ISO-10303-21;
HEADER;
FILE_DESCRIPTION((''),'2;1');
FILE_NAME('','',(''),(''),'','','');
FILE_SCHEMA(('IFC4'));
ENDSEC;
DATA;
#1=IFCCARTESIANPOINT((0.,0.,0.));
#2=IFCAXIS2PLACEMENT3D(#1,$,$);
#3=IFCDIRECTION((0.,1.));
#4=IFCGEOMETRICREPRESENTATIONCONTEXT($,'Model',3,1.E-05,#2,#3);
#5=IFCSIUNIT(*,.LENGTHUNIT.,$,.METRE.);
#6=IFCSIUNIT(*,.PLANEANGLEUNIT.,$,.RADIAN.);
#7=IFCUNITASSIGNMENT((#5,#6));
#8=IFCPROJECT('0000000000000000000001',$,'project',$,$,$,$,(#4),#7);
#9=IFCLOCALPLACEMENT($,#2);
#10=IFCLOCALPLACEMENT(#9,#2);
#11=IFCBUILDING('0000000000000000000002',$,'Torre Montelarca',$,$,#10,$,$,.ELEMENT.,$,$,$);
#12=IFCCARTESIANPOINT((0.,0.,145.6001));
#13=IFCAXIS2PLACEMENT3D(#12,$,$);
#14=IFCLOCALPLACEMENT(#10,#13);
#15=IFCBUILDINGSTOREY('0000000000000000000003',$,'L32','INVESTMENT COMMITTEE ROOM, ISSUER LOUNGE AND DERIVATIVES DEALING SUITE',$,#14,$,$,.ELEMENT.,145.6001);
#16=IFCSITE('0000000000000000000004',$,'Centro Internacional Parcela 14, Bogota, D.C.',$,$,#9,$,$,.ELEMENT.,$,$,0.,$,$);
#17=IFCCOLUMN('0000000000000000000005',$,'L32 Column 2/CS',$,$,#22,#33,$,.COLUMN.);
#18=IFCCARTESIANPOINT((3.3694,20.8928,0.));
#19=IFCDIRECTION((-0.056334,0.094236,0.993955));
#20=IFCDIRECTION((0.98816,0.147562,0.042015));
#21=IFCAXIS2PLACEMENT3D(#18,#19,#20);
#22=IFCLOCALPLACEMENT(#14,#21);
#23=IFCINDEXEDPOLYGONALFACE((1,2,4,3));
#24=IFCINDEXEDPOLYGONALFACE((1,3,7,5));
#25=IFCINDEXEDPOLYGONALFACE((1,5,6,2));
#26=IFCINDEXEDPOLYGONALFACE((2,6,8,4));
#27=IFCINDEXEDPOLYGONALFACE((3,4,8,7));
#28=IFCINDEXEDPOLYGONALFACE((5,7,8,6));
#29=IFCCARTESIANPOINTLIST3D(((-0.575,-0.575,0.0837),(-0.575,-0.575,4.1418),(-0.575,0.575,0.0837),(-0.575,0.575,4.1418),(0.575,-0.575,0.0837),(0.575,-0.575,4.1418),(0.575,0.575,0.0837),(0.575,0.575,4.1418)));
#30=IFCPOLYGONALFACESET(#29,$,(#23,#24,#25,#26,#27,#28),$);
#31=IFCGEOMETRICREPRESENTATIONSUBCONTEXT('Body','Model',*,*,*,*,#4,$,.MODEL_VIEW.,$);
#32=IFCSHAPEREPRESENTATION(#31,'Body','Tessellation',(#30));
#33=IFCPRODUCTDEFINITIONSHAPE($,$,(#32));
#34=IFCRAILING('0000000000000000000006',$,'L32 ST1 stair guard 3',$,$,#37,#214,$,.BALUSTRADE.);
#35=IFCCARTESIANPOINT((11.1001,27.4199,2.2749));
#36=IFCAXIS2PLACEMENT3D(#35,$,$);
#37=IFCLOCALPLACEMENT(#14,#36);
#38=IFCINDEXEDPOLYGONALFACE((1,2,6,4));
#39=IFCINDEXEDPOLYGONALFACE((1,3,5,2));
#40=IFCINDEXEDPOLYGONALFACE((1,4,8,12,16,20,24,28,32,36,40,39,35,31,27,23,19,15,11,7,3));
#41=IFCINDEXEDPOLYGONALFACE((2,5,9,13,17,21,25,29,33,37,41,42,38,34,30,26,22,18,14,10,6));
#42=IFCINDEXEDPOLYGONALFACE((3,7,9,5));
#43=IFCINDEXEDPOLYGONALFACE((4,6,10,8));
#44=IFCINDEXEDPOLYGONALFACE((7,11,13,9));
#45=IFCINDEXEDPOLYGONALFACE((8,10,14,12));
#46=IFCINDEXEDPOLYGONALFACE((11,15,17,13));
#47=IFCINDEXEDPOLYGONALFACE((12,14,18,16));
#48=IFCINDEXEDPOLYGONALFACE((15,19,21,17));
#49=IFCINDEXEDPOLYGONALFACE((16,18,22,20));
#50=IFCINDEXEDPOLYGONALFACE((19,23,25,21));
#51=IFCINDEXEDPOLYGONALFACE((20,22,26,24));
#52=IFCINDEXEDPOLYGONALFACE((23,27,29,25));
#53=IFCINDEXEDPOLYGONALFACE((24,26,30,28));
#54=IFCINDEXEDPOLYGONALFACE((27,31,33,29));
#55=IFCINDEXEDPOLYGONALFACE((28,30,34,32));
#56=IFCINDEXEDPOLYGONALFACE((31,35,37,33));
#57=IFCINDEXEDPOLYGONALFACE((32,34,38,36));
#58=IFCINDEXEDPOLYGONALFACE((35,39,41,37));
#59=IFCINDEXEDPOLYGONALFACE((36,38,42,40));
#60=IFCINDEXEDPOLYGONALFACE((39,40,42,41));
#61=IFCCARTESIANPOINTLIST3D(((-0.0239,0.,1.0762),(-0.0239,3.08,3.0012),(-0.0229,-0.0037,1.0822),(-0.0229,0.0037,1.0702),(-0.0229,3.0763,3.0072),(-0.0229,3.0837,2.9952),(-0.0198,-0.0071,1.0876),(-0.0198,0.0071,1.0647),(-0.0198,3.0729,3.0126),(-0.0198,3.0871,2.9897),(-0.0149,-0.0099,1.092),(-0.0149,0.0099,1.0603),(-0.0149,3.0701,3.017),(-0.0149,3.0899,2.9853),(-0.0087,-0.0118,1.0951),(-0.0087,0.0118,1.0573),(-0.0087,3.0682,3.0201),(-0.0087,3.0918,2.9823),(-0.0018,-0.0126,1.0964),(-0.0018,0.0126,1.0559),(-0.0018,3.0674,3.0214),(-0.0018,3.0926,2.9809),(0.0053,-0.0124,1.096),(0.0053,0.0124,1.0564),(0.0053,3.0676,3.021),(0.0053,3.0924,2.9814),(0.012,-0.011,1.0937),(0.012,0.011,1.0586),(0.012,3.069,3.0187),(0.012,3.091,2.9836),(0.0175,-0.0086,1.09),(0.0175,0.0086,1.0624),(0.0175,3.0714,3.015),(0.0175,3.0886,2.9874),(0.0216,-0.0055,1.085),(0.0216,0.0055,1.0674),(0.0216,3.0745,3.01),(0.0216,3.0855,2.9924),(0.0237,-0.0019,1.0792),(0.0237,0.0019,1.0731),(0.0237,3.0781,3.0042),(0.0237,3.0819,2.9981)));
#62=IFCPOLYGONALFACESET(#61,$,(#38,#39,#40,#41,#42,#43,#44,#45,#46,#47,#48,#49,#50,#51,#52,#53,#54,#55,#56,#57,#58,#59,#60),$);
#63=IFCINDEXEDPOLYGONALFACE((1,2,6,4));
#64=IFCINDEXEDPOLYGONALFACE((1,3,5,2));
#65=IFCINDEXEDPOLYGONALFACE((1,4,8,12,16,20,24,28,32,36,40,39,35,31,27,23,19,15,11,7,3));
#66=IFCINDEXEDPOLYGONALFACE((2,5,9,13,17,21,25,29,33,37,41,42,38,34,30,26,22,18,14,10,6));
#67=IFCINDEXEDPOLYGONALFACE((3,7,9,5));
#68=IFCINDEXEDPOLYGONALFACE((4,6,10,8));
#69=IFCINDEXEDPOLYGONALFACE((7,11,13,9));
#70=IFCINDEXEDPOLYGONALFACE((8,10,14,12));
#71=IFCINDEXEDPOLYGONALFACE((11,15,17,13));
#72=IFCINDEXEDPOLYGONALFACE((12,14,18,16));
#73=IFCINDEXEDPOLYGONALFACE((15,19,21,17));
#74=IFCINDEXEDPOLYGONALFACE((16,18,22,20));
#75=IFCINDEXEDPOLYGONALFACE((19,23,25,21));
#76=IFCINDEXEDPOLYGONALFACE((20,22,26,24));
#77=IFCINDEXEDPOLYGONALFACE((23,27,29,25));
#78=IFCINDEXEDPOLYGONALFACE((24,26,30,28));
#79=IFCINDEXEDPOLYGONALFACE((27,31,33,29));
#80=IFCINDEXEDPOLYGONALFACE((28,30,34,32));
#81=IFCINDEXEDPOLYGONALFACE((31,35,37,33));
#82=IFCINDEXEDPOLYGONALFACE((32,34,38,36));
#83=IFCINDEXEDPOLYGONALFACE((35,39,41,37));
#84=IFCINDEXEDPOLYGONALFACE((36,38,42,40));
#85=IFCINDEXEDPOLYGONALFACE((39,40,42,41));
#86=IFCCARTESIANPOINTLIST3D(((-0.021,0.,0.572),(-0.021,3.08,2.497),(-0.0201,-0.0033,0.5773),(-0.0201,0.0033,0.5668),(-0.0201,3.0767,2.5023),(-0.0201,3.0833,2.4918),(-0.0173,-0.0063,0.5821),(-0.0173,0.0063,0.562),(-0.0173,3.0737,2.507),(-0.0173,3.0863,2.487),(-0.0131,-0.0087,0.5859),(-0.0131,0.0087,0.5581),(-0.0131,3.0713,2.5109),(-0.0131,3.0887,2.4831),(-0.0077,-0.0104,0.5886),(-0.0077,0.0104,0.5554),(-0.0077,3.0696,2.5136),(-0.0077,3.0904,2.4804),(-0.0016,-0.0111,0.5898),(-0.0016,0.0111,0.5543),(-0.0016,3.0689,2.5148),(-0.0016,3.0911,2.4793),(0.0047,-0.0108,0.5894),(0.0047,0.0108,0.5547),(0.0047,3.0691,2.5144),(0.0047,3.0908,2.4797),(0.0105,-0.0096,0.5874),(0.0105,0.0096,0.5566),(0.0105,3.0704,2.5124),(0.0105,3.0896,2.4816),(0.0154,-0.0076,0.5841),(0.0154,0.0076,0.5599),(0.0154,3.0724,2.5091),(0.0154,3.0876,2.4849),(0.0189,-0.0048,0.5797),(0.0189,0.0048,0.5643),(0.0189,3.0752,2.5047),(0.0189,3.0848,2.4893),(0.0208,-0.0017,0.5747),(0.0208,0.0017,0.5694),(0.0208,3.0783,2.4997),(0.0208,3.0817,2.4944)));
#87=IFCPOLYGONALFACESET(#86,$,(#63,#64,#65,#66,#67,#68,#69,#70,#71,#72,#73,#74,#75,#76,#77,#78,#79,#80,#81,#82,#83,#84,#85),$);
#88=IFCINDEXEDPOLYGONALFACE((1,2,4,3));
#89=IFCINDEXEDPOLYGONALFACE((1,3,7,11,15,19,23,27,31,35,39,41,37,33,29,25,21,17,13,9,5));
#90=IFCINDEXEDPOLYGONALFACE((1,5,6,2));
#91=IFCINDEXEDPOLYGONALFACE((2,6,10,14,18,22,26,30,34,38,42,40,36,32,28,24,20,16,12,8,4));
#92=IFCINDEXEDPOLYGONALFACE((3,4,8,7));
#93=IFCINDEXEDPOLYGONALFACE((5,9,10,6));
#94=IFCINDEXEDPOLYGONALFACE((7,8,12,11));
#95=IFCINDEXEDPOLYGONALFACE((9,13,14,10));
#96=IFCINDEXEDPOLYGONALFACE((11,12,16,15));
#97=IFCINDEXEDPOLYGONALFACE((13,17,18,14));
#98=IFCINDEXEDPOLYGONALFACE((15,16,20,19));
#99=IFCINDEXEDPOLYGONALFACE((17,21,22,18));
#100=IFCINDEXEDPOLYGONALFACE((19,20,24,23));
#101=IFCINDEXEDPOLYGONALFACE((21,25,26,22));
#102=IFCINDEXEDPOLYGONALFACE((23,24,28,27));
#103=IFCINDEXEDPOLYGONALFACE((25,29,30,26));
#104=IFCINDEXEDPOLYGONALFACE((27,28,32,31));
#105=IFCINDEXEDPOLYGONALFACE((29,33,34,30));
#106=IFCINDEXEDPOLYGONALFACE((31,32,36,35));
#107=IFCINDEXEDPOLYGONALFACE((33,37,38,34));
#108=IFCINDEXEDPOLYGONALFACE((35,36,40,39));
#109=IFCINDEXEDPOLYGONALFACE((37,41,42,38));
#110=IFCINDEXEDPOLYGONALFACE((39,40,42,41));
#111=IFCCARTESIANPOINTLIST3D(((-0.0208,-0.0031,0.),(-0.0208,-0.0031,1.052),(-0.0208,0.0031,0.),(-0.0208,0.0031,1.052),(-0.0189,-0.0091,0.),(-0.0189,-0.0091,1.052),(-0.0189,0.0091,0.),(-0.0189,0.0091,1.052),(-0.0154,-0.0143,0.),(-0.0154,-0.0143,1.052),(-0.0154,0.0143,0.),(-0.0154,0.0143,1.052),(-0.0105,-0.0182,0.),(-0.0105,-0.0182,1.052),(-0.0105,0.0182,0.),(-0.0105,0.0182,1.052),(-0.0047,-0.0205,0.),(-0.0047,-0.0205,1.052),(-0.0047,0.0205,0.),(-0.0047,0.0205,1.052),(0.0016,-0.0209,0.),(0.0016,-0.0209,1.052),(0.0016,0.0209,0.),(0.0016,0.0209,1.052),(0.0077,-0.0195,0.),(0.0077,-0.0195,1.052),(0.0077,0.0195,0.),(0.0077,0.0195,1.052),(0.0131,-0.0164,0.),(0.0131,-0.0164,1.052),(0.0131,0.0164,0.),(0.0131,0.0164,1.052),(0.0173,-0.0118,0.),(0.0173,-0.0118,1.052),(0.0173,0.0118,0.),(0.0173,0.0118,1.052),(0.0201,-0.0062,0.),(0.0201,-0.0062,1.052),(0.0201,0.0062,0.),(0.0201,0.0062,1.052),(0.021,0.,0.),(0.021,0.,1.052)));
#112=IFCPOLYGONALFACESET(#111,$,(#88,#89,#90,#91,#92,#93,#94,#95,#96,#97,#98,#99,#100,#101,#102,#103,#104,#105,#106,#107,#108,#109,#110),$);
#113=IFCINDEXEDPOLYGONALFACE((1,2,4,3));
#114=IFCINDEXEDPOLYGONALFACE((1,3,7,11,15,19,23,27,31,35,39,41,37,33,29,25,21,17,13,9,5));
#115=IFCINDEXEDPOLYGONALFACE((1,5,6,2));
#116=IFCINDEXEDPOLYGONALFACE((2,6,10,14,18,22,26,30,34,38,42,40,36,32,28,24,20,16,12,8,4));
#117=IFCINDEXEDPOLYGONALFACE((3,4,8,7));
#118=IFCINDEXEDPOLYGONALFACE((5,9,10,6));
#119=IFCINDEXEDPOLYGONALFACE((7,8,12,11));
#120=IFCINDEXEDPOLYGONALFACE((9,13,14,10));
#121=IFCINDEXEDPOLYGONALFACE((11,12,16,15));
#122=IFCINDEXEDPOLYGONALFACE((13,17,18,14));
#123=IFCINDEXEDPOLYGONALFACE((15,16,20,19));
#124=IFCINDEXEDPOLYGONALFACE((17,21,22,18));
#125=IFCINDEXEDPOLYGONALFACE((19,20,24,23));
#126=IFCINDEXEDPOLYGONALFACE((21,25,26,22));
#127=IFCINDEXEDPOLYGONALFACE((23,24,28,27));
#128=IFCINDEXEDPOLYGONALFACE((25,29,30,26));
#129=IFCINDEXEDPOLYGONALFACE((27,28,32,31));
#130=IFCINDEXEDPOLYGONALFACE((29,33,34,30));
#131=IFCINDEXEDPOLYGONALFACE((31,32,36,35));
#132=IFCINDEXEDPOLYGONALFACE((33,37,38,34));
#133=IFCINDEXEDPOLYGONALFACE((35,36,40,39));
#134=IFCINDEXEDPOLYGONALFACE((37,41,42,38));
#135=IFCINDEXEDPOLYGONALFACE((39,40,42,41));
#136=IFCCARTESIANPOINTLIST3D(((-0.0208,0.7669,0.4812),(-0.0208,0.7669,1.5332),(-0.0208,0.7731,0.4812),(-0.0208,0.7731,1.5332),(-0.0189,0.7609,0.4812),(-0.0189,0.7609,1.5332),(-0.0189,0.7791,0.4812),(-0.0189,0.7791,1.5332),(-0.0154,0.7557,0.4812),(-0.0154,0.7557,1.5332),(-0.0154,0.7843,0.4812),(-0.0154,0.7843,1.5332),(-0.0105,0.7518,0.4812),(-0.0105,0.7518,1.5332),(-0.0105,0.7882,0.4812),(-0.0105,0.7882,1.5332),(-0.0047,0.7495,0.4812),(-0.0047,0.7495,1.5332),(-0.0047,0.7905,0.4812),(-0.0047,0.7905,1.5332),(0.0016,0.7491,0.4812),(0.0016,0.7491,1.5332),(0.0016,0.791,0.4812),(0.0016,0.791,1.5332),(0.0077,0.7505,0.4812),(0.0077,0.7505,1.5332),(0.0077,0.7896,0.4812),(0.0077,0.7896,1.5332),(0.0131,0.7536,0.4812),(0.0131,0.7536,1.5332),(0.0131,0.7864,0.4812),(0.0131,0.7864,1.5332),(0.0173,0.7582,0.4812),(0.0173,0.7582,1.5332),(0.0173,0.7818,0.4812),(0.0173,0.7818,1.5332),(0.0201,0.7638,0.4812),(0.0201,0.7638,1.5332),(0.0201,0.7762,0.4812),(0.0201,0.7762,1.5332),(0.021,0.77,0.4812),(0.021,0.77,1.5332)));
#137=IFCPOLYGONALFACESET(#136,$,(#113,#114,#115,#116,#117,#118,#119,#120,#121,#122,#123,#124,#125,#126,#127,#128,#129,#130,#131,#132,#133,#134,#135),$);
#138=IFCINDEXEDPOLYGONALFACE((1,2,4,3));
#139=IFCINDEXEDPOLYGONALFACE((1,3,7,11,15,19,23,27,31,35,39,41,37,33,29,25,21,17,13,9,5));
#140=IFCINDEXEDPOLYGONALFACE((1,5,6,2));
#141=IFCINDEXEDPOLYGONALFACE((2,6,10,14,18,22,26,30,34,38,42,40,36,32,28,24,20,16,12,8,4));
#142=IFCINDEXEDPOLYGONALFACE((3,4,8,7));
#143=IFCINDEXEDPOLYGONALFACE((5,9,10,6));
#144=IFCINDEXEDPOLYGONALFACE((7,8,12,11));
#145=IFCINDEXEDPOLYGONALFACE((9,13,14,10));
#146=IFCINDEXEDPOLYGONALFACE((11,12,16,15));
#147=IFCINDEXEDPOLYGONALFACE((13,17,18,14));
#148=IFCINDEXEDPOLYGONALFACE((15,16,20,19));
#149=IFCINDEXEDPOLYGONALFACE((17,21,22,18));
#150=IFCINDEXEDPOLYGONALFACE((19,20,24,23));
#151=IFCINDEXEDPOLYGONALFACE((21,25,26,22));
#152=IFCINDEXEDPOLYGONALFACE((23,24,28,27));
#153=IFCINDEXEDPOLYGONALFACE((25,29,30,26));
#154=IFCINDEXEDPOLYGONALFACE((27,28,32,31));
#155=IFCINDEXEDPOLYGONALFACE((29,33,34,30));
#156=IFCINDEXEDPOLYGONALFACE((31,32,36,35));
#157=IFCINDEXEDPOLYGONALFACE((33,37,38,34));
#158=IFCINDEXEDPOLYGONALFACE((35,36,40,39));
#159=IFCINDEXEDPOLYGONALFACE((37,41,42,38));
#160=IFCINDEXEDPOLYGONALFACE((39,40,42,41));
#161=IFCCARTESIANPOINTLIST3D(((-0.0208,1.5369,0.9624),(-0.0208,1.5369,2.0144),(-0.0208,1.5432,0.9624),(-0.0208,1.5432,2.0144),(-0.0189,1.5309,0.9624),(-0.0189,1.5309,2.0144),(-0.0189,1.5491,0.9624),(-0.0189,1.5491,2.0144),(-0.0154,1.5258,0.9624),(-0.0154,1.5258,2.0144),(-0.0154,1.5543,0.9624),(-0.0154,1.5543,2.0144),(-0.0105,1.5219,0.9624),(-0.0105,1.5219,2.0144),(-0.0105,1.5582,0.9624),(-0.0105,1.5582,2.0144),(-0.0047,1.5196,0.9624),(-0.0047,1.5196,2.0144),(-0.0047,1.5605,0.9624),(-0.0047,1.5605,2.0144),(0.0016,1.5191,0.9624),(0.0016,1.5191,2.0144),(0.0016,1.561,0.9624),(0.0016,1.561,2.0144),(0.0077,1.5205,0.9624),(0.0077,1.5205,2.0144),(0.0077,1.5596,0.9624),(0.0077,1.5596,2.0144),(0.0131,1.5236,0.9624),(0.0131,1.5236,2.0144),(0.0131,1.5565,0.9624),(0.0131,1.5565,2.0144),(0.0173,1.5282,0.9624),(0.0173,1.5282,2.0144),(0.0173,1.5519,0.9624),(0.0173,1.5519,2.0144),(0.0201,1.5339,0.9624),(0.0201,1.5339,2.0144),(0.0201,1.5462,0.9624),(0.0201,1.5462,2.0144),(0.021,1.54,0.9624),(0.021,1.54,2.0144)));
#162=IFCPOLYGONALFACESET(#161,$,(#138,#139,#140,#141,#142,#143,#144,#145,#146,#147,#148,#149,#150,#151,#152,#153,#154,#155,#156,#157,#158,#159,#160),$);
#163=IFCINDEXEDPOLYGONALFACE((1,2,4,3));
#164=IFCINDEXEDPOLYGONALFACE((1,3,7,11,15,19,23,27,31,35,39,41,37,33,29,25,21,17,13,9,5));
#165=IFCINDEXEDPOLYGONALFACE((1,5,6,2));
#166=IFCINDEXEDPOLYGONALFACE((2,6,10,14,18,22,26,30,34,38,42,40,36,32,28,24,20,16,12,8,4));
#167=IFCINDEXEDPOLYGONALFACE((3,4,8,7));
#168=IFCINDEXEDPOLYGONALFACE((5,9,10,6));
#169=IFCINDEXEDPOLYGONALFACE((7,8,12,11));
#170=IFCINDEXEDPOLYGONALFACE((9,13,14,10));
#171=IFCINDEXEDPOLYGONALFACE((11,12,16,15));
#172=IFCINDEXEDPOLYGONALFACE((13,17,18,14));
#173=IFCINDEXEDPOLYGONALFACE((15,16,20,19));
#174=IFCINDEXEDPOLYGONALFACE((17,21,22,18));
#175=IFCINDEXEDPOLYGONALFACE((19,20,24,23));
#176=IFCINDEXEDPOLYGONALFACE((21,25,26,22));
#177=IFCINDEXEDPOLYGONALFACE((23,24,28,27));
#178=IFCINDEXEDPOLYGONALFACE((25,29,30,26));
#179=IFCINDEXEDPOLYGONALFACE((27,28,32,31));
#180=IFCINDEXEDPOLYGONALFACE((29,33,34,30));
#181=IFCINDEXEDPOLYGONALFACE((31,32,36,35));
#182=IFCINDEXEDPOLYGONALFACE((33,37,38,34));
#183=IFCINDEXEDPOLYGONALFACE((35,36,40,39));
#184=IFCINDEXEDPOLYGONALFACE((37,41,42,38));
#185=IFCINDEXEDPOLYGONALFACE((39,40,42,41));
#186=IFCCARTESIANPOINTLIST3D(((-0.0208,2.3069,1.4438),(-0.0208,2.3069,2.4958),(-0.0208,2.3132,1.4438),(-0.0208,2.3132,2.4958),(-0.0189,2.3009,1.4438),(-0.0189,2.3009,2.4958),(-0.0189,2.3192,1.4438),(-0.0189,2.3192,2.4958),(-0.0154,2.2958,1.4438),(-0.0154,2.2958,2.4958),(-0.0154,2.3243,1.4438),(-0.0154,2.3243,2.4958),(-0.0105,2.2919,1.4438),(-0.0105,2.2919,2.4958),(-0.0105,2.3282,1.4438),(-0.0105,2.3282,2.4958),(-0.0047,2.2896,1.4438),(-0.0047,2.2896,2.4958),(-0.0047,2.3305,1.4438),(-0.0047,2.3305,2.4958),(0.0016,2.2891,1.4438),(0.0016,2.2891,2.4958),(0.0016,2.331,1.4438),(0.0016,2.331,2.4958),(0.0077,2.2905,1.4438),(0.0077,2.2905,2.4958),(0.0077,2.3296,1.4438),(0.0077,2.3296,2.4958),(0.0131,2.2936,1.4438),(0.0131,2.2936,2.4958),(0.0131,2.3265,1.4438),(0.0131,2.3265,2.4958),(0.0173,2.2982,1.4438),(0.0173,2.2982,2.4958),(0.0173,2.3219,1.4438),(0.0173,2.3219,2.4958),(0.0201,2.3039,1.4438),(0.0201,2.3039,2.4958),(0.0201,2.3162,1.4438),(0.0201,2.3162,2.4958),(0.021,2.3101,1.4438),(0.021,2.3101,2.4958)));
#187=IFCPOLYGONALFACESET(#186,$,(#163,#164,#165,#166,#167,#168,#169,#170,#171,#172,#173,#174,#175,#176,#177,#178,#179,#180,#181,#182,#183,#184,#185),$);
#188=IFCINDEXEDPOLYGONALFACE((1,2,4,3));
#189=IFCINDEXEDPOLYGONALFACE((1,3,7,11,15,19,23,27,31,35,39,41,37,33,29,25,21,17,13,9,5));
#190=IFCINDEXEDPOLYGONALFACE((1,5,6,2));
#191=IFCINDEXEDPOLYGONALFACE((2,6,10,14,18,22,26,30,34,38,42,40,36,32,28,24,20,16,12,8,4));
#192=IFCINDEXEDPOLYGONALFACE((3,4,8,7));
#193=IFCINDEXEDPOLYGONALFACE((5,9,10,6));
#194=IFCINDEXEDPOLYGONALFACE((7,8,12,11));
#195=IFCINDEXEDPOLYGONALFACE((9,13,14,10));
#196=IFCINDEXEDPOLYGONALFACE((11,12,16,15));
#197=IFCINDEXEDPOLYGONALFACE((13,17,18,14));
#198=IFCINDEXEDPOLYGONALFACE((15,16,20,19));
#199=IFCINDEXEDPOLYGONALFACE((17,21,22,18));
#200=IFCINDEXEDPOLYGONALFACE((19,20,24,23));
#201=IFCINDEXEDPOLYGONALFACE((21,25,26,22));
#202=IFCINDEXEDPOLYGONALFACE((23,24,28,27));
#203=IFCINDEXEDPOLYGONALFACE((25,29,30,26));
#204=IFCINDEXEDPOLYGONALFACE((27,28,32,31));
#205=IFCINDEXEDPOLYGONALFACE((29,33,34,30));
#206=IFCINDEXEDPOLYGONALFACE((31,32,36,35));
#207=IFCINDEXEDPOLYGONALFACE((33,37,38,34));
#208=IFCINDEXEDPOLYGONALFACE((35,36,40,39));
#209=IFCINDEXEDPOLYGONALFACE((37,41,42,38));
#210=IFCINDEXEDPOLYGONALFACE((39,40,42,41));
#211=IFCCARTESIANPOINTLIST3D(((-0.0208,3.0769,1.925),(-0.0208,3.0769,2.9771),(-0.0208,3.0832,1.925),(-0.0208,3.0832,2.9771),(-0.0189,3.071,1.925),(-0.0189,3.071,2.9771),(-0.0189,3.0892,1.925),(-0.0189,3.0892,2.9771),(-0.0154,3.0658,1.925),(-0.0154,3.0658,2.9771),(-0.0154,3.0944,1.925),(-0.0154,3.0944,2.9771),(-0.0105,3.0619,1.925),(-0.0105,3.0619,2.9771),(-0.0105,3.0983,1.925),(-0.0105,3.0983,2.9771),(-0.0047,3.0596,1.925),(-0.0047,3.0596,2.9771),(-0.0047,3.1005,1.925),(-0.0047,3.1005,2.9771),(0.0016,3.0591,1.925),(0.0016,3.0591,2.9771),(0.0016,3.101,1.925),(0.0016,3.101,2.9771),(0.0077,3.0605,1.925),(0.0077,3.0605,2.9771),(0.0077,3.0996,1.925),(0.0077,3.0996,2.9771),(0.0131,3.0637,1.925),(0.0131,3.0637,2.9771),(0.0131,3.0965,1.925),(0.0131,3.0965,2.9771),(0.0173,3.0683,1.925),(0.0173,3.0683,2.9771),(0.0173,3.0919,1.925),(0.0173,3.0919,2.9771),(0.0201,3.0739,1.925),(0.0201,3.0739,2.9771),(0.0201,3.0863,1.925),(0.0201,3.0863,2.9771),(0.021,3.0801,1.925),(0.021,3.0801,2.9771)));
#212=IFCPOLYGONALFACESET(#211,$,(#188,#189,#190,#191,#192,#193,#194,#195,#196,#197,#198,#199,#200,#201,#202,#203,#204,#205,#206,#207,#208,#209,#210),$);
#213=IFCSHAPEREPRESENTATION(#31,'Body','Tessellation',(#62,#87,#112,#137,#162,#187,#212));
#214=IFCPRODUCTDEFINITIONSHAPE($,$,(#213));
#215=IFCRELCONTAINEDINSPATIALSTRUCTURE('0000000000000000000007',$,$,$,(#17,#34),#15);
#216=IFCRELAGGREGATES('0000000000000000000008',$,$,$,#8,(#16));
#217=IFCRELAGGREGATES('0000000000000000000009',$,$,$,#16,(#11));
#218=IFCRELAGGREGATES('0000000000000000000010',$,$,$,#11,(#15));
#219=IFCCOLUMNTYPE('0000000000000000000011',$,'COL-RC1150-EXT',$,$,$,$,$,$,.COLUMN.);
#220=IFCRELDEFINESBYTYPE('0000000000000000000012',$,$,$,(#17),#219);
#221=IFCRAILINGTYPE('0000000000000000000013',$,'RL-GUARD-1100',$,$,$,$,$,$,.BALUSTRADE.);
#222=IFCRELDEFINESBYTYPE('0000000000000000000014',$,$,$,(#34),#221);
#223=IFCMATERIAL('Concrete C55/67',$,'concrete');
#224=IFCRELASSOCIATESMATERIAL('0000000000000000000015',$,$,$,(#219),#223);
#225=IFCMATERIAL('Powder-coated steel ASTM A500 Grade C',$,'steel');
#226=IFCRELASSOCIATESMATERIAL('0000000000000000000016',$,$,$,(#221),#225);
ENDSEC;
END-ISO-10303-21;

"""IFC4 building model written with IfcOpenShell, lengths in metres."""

from ifc_helpers import new_model, si_unit, direction, frame, origin, origin_2d, place, context, subcontext, project, spatial, rectangle, circle, extrude, clip, halfspace, material, material_profile, profile_set, type_object, element, save


model = new_model("IFC4")

# Units and contexts
model_context = context("Model", 3, precision=1e-05, world=origin(), true_north=direction((0.0, 1.0)))
body_context = subcontext(model_context, "Body", "Model", "MODEL_VIEW")
ifc_project = project(units=[si_unit("LENGTHUNIT", "METRE"), si_unit("PLANEANGLEUNIT", "RADIAN")], contexts=[model_context])

# Site, building, storey
site_placement = place(None, origin())
site = spatial("IfcSite", under=ifc_project, at=site_placement, Name="Centro Internacional Parcela 14, Bogota, D.C.", CompositionType="ELEMENT", RefElevation=0.0)
building_placement = place(site_placement, origin())
building = spatial("IfcBuilding", under=site, at=building_placement, Name="Torre Montelarca", CompositionType="ELEMENT")
storey_placement = place(building_placement, frame((0.0, 0.0, 145.6001)))
storey = spatial("IfcBuildingStorey", under=building, at=storey_placement, Name="L32", Description="INVESTMENT COMMITTEE ROOM, ISSUER LOUNGE AND DERIVATIVES DEALING SUITE", CompositionType="ELEMENT", Elevation=145.6001)

# Column
ifc_material_1 = material(Name="Concrete C55/67", Category="concrete")
ifc_material_profile_1 = material_profile(ifc_material_1, rectangle(XDim=1.1499, YDim=1.1499, at=origin_2d()), Name="RC1150X1150", Category="concrete")
ifc_profile_set_1 = profile_set([ifc_material_profile_1], Name="Concrete C55/67")
column_type_1 = type_object("IfcColumnType", Name="COL-RC1150-EXT", PredefinedType="COLUMN", material=ifc_profile_set_1)
column_1_placement = place(storey_placement, frame((3.3694, 20.8928, 0.0), z_axis=(-0.056334, 0.094236, 0.993955), x_axis=(0.98816, 0.147562, 0.042015)))
element("IfcColumn", 1, at=column_1_placement, inside=storey, type_object=column_type_1, Name="L32 Column 2/CS", PredefinedType="COLUMN", context=body_context, shape_type="Clipping", body=[
    clip(clip(extrude(rectangle(XDim=1.1499, YDim=1.1499, at=origin_2d()), origin(), (0.0, 0.0, 1.0), 4.2256), halfspace(frame((0.0, 0.0, 0.0837), z_axis=(0.0, 0.0, -1.0), x_axis=(1.0, 0.0, 0.0)), False)), halfspace(frame((0.0, 0.0, 4.1418), z_axis=(0.0, 0.0, 1.0), x_axis=(1.0, 0.0, 0.0)), False)),
])

# Railing
ifc_material_2 = material(Name="Powder-coated steel ASTM A500 Grade C", Category="steel")
railing_type_1 = type_object("IfcRailingType", Name="RL-GUARD-1100", PredefinedType="BALUSTRADE", material=ifc_material_2)
railing_1_placement = place(storey_placement, frame((11.1001, 27.4199, 2.2749)))
element("IfcRailing", 2, at=railing_1_placement, inside=storey, type_object=railing_type_1, Name="L32 ST1 stair guard 3", PredefinedType="BALUSTRADE", context=body_context, shape_type="SweptSolid", body=[
    extrude(circle(Radius=0.0239, at=origin_2d()), frame((0.0, 0.0, 1.0762), z_axis=(0.0, 0.847998, 0.529999), x_axis=(-1.0, 0.0, 0.0)), (0.0, 0.0, 1.0), 3.6321),
    extrude(circle(Radius=0.021, at=origin_2d()), frame((0.0, 0.0, 0.572), z_axis=(0.0, 0.847998, 0.529999), x_axis=(-1.0, 0.0, 0.0)), (0.0, 0.0, 1.0), 3.6321),
    extrude(circle(Radius=0.021, at=origin_2d()), origin(), (0.0, 0.0, 1.0), 1.052),
    extrude(circle(Radius=0.021, at=origin_2d()), frame((0.0, 0.77, 0.4812)), (0.0, 0.0, 1.0), 1.052),
    extrude(circle(Radius=0.021, at=origin_2d()), frame((0.0, 1.54, 0.9624)), (0.0, 0.0, 1.0), 1.052),
    extrude(circle(Radius=0.021, at=origin_2d()), frame((0.0, 2.3101, 1.4438)), (0.0, 0.0, 1.0), 1.052),
    extrude(circle(Radius=0.021, at=origin_2d()), frame((0.0, 3.0801, 1.925)), (0.0, 0.0, 1.0), 1.052),
])

save(model, "model.ifc")
